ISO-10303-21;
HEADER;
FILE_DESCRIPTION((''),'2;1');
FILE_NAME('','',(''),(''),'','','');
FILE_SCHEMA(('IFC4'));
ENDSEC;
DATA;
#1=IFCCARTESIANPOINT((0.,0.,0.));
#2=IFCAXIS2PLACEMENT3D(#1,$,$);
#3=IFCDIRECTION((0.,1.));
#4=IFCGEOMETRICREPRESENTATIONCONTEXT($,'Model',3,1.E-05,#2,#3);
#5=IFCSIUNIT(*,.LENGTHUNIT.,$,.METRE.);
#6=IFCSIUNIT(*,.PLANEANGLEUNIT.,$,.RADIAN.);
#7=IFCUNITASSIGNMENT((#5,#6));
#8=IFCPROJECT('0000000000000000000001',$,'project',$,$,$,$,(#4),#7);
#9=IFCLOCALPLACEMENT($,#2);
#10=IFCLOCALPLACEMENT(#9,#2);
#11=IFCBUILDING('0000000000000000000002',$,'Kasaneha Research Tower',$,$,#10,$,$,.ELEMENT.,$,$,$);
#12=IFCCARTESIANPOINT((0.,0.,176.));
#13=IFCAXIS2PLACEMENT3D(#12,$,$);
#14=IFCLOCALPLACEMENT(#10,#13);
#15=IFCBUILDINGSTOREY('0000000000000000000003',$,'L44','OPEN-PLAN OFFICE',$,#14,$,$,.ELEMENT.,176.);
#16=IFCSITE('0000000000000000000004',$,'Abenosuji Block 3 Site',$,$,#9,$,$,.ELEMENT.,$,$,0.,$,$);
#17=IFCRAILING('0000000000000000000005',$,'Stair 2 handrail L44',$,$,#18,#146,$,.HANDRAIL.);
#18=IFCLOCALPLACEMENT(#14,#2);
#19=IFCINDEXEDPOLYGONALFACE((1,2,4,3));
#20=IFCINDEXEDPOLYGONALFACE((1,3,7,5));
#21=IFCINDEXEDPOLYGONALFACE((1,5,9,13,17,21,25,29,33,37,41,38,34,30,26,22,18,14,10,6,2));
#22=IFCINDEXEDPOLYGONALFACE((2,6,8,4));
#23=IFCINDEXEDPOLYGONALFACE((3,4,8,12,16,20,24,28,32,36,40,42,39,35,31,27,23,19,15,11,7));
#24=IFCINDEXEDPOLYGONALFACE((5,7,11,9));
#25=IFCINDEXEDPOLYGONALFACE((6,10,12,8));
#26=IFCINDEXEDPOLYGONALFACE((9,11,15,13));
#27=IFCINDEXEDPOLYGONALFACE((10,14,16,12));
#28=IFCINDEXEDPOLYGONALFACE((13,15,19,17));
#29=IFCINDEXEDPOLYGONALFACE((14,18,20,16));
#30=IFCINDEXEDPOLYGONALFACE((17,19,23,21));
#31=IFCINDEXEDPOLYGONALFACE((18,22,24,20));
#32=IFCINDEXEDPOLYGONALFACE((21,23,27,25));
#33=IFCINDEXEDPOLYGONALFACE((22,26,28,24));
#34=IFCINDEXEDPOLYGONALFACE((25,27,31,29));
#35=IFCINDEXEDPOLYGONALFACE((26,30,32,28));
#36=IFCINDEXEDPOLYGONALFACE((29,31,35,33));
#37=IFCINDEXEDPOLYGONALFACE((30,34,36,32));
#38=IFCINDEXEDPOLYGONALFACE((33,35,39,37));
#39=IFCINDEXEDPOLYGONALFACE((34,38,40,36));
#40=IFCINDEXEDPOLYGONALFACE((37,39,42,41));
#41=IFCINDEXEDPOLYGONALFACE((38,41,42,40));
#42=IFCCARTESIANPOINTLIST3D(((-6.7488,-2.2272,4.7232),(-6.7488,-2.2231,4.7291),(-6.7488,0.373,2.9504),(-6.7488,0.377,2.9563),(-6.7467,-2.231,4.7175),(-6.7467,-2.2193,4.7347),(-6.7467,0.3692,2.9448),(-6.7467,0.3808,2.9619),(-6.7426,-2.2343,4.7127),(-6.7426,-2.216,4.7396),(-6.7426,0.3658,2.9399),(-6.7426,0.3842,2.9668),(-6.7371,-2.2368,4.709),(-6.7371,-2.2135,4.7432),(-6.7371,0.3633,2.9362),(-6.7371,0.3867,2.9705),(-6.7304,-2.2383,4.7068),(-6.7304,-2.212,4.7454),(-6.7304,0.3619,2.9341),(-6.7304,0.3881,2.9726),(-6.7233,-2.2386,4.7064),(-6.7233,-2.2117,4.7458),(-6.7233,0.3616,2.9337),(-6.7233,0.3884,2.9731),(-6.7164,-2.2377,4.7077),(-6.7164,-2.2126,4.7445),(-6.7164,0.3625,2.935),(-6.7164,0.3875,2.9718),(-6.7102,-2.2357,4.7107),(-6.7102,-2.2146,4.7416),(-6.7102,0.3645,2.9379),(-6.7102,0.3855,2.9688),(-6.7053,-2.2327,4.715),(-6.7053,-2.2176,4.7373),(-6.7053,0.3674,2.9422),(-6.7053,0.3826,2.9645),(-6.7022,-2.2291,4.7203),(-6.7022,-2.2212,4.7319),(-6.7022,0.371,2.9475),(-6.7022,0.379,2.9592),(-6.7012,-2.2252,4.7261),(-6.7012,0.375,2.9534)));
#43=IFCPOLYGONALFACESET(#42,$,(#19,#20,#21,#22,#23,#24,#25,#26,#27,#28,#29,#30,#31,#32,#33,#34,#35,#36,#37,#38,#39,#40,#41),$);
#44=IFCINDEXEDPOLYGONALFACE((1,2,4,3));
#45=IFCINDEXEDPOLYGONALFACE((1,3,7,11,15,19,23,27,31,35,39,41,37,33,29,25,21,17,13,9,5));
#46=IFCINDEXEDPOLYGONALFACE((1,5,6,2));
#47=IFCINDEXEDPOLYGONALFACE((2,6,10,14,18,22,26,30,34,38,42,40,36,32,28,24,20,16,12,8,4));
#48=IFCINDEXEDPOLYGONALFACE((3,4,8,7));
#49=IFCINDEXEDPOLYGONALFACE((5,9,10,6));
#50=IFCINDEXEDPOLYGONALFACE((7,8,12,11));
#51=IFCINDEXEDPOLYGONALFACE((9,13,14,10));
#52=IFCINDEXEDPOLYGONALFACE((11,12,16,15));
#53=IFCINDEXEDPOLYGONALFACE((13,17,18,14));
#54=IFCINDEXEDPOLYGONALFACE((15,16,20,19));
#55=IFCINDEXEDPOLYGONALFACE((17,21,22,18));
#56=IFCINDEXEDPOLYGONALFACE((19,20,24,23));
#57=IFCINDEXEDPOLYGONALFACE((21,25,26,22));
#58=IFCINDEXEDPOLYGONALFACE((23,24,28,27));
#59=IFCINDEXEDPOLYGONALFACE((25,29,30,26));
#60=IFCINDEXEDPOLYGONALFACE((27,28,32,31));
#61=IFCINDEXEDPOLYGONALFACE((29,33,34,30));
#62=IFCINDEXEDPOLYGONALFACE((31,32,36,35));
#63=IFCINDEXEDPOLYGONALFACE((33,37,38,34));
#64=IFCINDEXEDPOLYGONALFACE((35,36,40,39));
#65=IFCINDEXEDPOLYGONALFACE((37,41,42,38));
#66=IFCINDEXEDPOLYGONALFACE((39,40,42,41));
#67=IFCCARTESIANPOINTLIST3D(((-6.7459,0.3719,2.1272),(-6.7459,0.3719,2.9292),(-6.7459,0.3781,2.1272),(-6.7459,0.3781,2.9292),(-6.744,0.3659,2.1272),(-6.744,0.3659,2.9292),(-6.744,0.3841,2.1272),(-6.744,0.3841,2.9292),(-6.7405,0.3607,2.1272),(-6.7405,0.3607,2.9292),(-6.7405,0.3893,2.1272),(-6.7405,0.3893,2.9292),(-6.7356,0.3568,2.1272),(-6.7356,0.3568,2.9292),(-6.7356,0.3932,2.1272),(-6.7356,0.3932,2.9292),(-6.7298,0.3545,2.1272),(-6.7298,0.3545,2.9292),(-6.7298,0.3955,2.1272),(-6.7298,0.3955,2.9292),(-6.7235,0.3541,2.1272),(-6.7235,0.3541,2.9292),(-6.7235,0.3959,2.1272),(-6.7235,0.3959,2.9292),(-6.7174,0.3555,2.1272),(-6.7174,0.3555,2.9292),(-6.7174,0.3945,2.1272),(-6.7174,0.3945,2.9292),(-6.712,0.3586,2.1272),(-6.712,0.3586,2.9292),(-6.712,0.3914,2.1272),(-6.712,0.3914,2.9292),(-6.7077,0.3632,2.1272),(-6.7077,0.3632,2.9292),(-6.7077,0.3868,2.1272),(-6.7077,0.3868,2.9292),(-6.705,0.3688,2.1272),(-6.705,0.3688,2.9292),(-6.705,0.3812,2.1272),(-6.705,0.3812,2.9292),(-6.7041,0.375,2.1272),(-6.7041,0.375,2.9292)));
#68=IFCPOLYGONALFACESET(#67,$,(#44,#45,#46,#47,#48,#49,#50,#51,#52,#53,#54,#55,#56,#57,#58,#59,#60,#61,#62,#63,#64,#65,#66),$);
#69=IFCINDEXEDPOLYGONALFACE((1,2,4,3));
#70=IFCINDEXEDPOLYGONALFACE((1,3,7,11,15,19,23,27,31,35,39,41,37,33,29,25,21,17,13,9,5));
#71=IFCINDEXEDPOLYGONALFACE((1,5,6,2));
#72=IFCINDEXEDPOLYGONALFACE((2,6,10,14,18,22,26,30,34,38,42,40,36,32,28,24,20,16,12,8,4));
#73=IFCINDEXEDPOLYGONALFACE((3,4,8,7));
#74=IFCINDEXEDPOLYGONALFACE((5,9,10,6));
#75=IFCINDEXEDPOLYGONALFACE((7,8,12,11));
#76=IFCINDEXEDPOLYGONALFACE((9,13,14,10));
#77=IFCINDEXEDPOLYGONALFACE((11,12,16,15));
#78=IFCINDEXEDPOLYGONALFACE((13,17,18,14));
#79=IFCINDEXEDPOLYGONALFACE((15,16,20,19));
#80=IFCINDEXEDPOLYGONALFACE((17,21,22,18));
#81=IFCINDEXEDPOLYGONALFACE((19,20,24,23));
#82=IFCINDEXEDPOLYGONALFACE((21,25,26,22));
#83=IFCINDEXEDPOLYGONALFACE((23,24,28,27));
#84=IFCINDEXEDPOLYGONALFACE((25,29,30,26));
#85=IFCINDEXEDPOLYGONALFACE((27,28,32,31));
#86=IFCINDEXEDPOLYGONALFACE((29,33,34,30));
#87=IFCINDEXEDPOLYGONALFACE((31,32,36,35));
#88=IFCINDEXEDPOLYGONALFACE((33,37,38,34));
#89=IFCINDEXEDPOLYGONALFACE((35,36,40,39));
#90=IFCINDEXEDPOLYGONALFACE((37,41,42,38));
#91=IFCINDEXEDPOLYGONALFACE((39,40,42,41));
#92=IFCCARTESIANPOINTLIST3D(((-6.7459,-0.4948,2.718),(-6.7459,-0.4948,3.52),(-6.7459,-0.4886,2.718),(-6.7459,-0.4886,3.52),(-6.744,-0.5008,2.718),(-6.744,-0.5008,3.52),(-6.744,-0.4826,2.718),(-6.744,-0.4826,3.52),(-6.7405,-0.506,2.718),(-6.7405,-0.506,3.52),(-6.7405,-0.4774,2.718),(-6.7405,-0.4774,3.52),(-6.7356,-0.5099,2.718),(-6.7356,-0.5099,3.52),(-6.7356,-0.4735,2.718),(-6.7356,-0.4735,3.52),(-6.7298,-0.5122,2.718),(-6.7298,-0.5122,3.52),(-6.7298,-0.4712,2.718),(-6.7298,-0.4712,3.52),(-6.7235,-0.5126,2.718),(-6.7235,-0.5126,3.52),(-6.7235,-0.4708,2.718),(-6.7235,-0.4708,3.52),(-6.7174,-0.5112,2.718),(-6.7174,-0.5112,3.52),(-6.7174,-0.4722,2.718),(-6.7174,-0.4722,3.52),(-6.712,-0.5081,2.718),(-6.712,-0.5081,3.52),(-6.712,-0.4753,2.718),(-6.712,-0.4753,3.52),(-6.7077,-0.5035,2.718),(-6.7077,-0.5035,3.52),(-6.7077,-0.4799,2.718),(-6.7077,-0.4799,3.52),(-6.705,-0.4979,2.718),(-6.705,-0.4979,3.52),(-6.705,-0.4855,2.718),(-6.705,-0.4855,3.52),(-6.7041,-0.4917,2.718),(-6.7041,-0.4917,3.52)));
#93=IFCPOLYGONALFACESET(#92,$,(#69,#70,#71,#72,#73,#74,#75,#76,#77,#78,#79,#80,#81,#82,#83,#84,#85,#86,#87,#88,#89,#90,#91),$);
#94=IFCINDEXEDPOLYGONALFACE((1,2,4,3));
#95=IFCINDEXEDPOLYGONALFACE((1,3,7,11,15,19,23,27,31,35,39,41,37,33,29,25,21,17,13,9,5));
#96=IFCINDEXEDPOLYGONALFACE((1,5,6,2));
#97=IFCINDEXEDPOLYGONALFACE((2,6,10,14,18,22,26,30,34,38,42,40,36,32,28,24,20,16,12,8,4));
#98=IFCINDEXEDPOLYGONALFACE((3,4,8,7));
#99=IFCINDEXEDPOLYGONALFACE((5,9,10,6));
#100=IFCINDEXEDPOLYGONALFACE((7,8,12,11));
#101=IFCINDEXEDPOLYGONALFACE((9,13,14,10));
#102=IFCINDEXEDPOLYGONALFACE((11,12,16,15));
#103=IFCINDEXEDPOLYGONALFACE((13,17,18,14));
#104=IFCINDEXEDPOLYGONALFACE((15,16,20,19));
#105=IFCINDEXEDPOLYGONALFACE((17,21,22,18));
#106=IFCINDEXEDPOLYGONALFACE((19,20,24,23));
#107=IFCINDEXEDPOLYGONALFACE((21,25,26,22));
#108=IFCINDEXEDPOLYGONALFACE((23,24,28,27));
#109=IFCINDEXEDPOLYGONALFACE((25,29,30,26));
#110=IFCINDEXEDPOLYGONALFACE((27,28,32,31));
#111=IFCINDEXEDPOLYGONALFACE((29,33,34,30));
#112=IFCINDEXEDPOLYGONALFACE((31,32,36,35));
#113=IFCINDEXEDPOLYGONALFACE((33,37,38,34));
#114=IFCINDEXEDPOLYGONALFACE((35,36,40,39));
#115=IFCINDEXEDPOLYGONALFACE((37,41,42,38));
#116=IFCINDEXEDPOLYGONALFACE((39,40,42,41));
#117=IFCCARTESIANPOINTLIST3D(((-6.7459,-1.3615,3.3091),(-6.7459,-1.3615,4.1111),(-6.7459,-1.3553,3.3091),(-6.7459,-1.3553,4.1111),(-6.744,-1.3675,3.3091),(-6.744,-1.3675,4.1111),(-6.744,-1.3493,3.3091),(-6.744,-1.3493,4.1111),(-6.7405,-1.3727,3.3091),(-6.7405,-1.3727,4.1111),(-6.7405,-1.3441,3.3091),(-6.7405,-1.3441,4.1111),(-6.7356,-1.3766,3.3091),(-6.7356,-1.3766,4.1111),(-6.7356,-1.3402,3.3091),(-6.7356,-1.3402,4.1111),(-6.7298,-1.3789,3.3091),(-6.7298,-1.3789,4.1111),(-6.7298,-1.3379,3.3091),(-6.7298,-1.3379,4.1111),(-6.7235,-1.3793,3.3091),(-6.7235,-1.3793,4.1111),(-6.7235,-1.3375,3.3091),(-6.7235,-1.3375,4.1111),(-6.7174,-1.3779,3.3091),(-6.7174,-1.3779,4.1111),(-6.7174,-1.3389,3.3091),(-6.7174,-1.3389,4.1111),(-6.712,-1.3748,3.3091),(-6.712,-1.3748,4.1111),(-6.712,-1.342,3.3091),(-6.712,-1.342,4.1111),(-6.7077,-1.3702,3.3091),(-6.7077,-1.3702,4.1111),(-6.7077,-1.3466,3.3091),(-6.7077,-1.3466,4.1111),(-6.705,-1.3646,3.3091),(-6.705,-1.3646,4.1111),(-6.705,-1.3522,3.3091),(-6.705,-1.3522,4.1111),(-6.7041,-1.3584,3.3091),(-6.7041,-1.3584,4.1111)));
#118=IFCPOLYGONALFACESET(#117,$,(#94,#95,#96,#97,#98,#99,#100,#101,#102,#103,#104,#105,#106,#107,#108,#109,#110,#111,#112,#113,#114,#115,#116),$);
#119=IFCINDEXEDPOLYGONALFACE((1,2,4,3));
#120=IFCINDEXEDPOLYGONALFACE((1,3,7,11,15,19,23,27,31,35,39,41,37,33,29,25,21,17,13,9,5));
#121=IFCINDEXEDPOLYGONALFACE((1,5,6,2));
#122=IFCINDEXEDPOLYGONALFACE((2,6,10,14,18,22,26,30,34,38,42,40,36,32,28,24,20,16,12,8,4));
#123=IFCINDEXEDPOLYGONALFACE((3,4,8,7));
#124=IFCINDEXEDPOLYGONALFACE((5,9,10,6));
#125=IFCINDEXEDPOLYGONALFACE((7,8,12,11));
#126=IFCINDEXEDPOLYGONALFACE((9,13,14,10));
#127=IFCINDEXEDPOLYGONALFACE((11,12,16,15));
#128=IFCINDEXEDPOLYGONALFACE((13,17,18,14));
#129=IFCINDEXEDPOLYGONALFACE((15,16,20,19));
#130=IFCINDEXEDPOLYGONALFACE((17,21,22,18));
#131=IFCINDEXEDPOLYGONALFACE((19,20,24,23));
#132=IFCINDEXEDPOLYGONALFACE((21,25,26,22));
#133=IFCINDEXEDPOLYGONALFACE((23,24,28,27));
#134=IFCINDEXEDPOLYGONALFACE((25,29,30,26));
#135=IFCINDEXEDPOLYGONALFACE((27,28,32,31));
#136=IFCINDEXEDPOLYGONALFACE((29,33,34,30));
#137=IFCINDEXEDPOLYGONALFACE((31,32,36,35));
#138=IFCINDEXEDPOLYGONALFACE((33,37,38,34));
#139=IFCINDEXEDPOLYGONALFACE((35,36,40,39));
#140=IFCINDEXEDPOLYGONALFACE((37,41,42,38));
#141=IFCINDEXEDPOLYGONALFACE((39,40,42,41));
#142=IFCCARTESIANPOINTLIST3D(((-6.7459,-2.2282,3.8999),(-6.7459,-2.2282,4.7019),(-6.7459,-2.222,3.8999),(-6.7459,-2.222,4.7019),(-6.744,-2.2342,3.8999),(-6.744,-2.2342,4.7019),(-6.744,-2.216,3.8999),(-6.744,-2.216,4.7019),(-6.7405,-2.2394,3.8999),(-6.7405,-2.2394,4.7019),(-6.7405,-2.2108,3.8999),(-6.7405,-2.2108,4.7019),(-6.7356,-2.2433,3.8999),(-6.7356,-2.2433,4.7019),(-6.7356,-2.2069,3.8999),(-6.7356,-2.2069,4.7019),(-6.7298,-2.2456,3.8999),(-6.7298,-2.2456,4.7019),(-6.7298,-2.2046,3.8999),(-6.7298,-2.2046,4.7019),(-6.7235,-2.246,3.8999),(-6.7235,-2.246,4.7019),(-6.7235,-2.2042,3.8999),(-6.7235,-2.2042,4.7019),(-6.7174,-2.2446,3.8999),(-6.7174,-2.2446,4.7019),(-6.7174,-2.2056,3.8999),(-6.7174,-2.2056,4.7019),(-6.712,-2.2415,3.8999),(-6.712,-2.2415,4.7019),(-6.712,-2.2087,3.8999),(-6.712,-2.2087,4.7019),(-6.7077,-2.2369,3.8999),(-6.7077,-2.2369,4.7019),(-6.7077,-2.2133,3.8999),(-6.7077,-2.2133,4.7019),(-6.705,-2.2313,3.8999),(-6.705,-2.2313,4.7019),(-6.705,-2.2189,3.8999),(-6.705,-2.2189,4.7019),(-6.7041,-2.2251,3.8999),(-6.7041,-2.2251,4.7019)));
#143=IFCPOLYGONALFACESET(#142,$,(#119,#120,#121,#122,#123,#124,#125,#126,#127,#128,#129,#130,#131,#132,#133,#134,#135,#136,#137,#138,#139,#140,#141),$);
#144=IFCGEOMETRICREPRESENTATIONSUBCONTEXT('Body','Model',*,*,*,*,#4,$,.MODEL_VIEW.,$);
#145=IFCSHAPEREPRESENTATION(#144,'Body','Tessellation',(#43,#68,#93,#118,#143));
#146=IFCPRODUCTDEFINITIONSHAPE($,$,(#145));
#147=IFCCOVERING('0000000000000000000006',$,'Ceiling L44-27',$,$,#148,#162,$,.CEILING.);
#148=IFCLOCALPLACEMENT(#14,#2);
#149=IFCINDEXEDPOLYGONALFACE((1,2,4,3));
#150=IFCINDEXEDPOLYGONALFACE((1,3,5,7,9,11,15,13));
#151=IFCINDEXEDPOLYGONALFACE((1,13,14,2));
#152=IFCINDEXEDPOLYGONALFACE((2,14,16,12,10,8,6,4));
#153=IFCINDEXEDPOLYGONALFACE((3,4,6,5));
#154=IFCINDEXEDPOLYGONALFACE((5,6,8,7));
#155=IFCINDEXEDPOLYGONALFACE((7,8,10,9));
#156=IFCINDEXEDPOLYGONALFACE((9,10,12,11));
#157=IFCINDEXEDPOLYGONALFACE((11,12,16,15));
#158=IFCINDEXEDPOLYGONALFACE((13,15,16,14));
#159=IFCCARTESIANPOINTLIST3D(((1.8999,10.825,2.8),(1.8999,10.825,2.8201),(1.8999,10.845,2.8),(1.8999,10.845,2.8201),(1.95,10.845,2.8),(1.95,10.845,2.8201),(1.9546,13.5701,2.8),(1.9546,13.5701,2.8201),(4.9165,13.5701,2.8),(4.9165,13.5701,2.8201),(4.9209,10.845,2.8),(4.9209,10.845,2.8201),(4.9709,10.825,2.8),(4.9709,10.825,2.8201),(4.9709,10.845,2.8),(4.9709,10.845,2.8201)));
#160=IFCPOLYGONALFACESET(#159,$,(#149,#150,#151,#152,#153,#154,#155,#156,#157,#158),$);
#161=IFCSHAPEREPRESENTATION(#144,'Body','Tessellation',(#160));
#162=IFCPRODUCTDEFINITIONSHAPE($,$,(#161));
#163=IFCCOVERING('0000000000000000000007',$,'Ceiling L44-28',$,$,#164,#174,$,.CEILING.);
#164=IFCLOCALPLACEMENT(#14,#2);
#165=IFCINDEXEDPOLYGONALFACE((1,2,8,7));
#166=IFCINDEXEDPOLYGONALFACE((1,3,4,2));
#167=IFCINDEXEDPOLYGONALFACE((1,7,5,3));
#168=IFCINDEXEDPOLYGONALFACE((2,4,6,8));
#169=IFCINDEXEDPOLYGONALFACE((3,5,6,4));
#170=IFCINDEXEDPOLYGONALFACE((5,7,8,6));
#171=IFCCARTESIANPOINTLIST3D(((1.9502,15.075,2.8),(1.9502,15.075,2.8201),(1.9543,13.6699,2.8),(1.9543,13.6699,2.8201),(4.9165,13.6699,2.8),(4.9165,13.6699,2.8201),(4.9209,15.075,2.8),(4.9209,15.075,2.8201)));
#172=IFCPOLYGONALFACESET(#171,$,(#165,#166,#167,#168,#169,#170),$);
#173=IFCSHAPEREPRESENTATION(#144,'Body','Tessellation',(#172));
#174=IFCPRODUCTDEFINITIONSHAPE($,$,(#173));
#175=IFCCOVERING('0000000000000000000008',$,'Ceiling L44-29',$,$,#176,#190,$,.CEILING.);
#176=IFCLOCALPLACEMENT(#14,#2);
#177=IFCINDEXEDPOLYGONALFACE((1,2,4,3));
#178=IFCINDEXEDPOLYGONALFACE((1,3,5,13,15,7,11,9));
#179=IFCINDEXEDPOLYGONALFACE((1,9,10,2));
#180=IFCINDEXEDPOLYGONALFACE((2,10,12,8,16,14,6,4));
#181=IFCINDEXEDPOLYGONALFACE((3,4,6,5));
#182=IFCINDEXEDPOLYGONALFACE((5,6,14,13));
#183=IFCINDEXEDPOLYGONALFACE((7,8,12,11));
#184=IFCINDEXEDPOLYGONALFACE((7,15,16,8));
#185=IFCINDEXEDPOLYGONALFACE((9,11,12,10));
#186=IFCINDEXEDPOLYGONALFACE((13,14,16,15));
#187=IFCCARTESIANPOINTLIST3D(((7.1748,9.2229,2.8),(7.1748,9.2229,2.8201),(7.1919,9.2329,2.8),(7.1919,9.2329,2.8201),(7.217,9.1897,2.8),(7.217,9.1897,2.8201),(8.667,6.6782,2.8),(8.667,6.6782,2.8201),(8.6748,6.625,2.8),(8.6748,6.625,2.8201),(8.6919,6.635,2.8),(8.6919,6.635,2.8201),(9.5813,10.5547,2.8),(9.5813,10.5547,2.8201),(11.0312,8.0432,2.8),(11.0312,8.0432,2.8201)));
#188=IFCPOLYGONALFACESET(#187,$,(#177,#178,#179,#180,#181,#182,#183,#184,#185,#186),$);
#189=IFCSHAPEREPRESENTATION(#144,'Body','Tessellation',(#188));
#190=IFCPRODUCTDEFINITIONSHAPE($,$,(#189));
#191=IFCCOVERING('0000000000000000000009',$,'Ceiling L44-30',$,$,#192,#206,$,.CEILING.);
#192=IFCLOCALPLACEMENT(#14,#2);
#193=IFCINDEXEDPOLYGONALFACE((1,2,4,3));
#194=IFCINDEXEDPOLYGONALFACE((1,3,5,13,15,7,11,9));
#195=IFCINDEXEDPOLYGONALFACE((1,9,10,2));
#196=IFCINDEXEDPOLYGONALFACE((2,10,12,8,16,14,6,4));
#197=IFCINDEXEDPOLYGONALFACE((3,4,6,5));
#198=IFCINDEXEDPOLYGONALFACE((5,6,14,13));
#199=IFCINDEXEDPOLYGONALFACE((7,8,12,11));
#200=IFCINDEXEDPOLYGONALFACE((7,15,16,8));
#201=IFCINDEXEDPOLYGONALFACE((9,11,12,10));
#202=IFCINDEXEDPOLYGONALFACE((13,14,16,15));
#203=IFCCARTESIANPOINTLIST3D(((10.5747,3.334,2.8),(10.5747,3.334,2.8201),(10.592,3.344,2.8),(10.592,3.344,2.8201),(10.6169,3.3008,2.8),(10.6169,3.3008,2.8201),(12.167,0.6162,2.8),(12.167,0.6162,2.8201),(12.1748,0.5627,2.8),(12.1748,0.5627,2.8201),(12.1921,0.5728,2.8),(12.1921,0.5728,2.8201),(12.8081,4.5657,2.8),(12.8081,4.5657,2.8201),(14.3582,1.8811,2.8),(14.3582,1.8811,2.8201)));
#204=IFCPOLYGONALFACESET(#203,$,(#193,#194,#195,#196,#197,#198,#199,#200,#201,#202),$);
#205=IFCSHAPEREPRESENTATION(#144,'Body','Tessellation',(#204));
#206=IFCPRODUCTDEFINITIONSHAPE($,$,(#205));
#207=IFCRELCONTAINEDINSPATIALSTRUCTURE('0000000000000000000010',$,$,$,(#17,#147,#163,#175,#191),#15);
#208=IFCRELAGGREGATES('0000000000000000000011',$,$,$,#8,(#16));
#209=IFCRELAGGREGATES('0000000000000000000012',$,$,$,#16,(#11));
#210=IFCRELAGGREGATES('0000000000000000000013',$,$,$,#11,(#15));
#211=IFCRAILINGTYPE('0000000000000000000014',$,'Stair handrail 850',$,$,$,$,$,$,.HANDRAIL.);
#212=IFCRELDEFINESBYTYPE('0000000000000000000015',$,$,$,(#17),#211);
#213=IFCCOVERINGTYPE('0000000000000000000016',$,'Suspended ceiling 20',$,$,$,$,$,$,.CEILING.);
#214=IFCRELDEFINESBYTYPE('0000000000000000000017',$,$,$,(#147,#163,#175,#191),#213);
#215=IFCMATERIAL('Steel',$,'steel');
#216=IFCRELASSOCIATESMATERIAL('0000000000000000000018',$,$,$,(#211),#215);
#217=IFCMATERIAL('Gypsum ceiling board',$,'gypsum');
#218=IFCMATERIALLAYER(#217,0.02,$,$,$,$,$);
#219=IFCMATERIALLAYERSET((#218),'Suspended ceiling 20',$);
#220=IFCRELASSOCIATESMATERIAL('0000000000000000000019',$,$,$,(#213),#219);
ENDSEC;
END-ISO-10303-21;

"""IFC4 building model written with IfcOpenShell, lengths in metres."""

from ifc_helpers import new_model, si_unit, direction, frame, origin, origin_2d, place, context, subcontext, project, spatial, polyline, circle, outline, extrude, material, layer, layer_set, type_object, element, save


model = new_model("IFC4")

# Units and contexts
model_context = context("Model", 3, precision=1e-05, world=origin(), true_north=direction((0.0, 1.0)))
body_context = subcontext(model_context, "Body", "Model", "MODEL_VIEW")
ifc_project = project(units=[si_unit("LENGTHUNIT", "METRE"), si_unit("PLANEANGLEUNIT", "RADIAN")], contexts=[model_context])

# Site, building, storey
site_placement = place(None, origin())
site = spatial("IfcSite", under=ifc_project, at=site_placement, Name="Abenosuji Block 3 Site", CompositionType="ELEMENT", RefElevation=0.0)
building_placement = place(site_placement, origin())
building = spatial("IfcBuilding", under=site, at=building_placement, Name="Kasaneha Research Tower", CompositionType="ELEMENT")
storey_placement = place(building_placement, frame((0.0, 0.0, 176.0)))
storey = spatial("IfcBuildingStorey", under=building, at=storey_placement, Name="L44", Description="OPEN-PLAN OFFICE", CompositionType="ELEMENT", Elevation=176.0)

# Railing
ifc_material_1 = material(Name="Steel", Category="steel")
railing_type_1 = type_object("IfcRailingType", Name="Stair handrail 850", PredefinedType="HANDRAIL", material=ifc_material_1)
railing_1_placement = place(storey_placement, frame((-6.7251, 0.375, 2.1272)))
element("IfcRailing", 1, at=railing_1_placement, inside=storey, type_object=railing_type_1, Name="Stair 2 handrail L44", PredefinedType="HANDRAIL", context=body_context, shape_type="SweptSolid", body=[
    extrude(circle(Radius=0.0239, at=origin_2d()), frame((0.0, 0.0, 0.8262), z_axis=(0.0, -0.82624, 0.563318), x_axis=(1.0, 0.0, 0.0)), (0.0, 0.0, 1.0), 3.147),
    extrude(circle(Radius=0.021, at=origin_2d()), origin(), (0.0, 0.0, 1.0), 0.802),
    extrude(circle(Radius=0.021, at=origin_2d()), frame((0.0, -0.8667, 0.5908)), (0.0, 0.0, 1.0), 0.802),
    extrude(circle(Radius=0.021, at=origin_2d()), frame((0.0, -1.7334, 1.1819)), (0.0, 0.0, 1.0), 0.802),
    extrude(circle(Radius=0.021, at=origin_2d()), frame((0.0, -2.6001, 1.7727)), (0.0, 0.0, 1.0), 0.802),
])

# Coverings
ifc_material_2 = material(Name="Gypsum ceiling board", Category="gypsum")
ifc_layer_1 = layer(ifc_material_2, 0.02)
ifc_layer_set_1 = layer_set([ifc_layer_1], Name="Suspended ceiling 20")
covering_type_1 = type_object("IfcCoveringType", Name="Suspended ceiling 20", PredefinedType="CEILING", material=ifc_layer_set_1)
covering_1_placement = place(storey_placement, frame((0.0, 0.0, 2.8)))
element("IfcCovering", 2, at=covering_1_placement, inside=storey, type_object=covering_type_1, Name="Ceiling L44-27", PredefinedType="CEILING", context=body_context, shape_type="SweptSolid", body=[
    extrude(outline(polyline([(1.8999, 10.825), (1.8999, 10.845), (1.95, 10.845), (1.9546, 13.5701), (4.9165, 13.5701), (4.9209, 10.845), (4.9709, 10.845), (4.9709, 10.825), (1.8999, 10.825)])), origin(), (0.0, 0.0, 1.0), 0.02),
])
covering_2_placement = place(storey_placement, frame((0.0, 0.0, 2.8)))
element("IfcCovering", 3, at=covering_2_placement, inside=storey, type_object=covering_type_1, Name="Ceiling L44-28", PredefinedType="CEILING", context=body_context, shape_type="SweptSolid", body=[
    extrude(outline(polyline([(4.9165, 13.6699), (1.9543, 13.6699), (1.9502, 15.075), (4.9209, 15.075), (4.9165, 13.6699)])), origin(), (0.0, 0.0, 1.0), 0.02),
])
covering_3_placement = place(storey_placement, frame((0.0, 0.0, 2.8)))
element("IfcCovering", 4, at=covering_3_placement, inside=storey, type_object=covering_type_1, Name="Ceiling L44-29", PredefinedType="CEILING", context=body_context, shape_type="SweptSolid", body=[
    extrude(outline(polyline([(7.1748, 9.2229), (7.1919, 9.2329), (7.217, 9.1897), (9.5813, 10.5547), (11.0312, 8.0432), (8.667, 6.6782), (8.6919, 6.635), (8.6748, 6.625), (7.1748, 9.2229)])), origin(), (0.0, 0.0, 1.0), 0.02),
])
covering_4_placement = place(storey_placement, frame((0.0, 0.0, 2.8)))
element("IfcCovering", 5, at=covering_4_placement, inside=storey, type_object=covering_type_1, Name="Ceiling L44-30", PredefinedType="CEILING", context=body_context, shape_type="SweptSolid", body=[
    extrude(outline(polyline([(10.5747, 3.334), (10.592, 3.344), (10.6169, 3.3008), (12.8081, 4.5657), (14.3582, 1.8811), (12.167, 0.6162), (12.1921, 0.5728), (12.1748, 0.5627), (10.5747, 3.334)])), origin(), (0.0, 0.0, 1.0), 0.02),
])

save(model, "model.ifc")
